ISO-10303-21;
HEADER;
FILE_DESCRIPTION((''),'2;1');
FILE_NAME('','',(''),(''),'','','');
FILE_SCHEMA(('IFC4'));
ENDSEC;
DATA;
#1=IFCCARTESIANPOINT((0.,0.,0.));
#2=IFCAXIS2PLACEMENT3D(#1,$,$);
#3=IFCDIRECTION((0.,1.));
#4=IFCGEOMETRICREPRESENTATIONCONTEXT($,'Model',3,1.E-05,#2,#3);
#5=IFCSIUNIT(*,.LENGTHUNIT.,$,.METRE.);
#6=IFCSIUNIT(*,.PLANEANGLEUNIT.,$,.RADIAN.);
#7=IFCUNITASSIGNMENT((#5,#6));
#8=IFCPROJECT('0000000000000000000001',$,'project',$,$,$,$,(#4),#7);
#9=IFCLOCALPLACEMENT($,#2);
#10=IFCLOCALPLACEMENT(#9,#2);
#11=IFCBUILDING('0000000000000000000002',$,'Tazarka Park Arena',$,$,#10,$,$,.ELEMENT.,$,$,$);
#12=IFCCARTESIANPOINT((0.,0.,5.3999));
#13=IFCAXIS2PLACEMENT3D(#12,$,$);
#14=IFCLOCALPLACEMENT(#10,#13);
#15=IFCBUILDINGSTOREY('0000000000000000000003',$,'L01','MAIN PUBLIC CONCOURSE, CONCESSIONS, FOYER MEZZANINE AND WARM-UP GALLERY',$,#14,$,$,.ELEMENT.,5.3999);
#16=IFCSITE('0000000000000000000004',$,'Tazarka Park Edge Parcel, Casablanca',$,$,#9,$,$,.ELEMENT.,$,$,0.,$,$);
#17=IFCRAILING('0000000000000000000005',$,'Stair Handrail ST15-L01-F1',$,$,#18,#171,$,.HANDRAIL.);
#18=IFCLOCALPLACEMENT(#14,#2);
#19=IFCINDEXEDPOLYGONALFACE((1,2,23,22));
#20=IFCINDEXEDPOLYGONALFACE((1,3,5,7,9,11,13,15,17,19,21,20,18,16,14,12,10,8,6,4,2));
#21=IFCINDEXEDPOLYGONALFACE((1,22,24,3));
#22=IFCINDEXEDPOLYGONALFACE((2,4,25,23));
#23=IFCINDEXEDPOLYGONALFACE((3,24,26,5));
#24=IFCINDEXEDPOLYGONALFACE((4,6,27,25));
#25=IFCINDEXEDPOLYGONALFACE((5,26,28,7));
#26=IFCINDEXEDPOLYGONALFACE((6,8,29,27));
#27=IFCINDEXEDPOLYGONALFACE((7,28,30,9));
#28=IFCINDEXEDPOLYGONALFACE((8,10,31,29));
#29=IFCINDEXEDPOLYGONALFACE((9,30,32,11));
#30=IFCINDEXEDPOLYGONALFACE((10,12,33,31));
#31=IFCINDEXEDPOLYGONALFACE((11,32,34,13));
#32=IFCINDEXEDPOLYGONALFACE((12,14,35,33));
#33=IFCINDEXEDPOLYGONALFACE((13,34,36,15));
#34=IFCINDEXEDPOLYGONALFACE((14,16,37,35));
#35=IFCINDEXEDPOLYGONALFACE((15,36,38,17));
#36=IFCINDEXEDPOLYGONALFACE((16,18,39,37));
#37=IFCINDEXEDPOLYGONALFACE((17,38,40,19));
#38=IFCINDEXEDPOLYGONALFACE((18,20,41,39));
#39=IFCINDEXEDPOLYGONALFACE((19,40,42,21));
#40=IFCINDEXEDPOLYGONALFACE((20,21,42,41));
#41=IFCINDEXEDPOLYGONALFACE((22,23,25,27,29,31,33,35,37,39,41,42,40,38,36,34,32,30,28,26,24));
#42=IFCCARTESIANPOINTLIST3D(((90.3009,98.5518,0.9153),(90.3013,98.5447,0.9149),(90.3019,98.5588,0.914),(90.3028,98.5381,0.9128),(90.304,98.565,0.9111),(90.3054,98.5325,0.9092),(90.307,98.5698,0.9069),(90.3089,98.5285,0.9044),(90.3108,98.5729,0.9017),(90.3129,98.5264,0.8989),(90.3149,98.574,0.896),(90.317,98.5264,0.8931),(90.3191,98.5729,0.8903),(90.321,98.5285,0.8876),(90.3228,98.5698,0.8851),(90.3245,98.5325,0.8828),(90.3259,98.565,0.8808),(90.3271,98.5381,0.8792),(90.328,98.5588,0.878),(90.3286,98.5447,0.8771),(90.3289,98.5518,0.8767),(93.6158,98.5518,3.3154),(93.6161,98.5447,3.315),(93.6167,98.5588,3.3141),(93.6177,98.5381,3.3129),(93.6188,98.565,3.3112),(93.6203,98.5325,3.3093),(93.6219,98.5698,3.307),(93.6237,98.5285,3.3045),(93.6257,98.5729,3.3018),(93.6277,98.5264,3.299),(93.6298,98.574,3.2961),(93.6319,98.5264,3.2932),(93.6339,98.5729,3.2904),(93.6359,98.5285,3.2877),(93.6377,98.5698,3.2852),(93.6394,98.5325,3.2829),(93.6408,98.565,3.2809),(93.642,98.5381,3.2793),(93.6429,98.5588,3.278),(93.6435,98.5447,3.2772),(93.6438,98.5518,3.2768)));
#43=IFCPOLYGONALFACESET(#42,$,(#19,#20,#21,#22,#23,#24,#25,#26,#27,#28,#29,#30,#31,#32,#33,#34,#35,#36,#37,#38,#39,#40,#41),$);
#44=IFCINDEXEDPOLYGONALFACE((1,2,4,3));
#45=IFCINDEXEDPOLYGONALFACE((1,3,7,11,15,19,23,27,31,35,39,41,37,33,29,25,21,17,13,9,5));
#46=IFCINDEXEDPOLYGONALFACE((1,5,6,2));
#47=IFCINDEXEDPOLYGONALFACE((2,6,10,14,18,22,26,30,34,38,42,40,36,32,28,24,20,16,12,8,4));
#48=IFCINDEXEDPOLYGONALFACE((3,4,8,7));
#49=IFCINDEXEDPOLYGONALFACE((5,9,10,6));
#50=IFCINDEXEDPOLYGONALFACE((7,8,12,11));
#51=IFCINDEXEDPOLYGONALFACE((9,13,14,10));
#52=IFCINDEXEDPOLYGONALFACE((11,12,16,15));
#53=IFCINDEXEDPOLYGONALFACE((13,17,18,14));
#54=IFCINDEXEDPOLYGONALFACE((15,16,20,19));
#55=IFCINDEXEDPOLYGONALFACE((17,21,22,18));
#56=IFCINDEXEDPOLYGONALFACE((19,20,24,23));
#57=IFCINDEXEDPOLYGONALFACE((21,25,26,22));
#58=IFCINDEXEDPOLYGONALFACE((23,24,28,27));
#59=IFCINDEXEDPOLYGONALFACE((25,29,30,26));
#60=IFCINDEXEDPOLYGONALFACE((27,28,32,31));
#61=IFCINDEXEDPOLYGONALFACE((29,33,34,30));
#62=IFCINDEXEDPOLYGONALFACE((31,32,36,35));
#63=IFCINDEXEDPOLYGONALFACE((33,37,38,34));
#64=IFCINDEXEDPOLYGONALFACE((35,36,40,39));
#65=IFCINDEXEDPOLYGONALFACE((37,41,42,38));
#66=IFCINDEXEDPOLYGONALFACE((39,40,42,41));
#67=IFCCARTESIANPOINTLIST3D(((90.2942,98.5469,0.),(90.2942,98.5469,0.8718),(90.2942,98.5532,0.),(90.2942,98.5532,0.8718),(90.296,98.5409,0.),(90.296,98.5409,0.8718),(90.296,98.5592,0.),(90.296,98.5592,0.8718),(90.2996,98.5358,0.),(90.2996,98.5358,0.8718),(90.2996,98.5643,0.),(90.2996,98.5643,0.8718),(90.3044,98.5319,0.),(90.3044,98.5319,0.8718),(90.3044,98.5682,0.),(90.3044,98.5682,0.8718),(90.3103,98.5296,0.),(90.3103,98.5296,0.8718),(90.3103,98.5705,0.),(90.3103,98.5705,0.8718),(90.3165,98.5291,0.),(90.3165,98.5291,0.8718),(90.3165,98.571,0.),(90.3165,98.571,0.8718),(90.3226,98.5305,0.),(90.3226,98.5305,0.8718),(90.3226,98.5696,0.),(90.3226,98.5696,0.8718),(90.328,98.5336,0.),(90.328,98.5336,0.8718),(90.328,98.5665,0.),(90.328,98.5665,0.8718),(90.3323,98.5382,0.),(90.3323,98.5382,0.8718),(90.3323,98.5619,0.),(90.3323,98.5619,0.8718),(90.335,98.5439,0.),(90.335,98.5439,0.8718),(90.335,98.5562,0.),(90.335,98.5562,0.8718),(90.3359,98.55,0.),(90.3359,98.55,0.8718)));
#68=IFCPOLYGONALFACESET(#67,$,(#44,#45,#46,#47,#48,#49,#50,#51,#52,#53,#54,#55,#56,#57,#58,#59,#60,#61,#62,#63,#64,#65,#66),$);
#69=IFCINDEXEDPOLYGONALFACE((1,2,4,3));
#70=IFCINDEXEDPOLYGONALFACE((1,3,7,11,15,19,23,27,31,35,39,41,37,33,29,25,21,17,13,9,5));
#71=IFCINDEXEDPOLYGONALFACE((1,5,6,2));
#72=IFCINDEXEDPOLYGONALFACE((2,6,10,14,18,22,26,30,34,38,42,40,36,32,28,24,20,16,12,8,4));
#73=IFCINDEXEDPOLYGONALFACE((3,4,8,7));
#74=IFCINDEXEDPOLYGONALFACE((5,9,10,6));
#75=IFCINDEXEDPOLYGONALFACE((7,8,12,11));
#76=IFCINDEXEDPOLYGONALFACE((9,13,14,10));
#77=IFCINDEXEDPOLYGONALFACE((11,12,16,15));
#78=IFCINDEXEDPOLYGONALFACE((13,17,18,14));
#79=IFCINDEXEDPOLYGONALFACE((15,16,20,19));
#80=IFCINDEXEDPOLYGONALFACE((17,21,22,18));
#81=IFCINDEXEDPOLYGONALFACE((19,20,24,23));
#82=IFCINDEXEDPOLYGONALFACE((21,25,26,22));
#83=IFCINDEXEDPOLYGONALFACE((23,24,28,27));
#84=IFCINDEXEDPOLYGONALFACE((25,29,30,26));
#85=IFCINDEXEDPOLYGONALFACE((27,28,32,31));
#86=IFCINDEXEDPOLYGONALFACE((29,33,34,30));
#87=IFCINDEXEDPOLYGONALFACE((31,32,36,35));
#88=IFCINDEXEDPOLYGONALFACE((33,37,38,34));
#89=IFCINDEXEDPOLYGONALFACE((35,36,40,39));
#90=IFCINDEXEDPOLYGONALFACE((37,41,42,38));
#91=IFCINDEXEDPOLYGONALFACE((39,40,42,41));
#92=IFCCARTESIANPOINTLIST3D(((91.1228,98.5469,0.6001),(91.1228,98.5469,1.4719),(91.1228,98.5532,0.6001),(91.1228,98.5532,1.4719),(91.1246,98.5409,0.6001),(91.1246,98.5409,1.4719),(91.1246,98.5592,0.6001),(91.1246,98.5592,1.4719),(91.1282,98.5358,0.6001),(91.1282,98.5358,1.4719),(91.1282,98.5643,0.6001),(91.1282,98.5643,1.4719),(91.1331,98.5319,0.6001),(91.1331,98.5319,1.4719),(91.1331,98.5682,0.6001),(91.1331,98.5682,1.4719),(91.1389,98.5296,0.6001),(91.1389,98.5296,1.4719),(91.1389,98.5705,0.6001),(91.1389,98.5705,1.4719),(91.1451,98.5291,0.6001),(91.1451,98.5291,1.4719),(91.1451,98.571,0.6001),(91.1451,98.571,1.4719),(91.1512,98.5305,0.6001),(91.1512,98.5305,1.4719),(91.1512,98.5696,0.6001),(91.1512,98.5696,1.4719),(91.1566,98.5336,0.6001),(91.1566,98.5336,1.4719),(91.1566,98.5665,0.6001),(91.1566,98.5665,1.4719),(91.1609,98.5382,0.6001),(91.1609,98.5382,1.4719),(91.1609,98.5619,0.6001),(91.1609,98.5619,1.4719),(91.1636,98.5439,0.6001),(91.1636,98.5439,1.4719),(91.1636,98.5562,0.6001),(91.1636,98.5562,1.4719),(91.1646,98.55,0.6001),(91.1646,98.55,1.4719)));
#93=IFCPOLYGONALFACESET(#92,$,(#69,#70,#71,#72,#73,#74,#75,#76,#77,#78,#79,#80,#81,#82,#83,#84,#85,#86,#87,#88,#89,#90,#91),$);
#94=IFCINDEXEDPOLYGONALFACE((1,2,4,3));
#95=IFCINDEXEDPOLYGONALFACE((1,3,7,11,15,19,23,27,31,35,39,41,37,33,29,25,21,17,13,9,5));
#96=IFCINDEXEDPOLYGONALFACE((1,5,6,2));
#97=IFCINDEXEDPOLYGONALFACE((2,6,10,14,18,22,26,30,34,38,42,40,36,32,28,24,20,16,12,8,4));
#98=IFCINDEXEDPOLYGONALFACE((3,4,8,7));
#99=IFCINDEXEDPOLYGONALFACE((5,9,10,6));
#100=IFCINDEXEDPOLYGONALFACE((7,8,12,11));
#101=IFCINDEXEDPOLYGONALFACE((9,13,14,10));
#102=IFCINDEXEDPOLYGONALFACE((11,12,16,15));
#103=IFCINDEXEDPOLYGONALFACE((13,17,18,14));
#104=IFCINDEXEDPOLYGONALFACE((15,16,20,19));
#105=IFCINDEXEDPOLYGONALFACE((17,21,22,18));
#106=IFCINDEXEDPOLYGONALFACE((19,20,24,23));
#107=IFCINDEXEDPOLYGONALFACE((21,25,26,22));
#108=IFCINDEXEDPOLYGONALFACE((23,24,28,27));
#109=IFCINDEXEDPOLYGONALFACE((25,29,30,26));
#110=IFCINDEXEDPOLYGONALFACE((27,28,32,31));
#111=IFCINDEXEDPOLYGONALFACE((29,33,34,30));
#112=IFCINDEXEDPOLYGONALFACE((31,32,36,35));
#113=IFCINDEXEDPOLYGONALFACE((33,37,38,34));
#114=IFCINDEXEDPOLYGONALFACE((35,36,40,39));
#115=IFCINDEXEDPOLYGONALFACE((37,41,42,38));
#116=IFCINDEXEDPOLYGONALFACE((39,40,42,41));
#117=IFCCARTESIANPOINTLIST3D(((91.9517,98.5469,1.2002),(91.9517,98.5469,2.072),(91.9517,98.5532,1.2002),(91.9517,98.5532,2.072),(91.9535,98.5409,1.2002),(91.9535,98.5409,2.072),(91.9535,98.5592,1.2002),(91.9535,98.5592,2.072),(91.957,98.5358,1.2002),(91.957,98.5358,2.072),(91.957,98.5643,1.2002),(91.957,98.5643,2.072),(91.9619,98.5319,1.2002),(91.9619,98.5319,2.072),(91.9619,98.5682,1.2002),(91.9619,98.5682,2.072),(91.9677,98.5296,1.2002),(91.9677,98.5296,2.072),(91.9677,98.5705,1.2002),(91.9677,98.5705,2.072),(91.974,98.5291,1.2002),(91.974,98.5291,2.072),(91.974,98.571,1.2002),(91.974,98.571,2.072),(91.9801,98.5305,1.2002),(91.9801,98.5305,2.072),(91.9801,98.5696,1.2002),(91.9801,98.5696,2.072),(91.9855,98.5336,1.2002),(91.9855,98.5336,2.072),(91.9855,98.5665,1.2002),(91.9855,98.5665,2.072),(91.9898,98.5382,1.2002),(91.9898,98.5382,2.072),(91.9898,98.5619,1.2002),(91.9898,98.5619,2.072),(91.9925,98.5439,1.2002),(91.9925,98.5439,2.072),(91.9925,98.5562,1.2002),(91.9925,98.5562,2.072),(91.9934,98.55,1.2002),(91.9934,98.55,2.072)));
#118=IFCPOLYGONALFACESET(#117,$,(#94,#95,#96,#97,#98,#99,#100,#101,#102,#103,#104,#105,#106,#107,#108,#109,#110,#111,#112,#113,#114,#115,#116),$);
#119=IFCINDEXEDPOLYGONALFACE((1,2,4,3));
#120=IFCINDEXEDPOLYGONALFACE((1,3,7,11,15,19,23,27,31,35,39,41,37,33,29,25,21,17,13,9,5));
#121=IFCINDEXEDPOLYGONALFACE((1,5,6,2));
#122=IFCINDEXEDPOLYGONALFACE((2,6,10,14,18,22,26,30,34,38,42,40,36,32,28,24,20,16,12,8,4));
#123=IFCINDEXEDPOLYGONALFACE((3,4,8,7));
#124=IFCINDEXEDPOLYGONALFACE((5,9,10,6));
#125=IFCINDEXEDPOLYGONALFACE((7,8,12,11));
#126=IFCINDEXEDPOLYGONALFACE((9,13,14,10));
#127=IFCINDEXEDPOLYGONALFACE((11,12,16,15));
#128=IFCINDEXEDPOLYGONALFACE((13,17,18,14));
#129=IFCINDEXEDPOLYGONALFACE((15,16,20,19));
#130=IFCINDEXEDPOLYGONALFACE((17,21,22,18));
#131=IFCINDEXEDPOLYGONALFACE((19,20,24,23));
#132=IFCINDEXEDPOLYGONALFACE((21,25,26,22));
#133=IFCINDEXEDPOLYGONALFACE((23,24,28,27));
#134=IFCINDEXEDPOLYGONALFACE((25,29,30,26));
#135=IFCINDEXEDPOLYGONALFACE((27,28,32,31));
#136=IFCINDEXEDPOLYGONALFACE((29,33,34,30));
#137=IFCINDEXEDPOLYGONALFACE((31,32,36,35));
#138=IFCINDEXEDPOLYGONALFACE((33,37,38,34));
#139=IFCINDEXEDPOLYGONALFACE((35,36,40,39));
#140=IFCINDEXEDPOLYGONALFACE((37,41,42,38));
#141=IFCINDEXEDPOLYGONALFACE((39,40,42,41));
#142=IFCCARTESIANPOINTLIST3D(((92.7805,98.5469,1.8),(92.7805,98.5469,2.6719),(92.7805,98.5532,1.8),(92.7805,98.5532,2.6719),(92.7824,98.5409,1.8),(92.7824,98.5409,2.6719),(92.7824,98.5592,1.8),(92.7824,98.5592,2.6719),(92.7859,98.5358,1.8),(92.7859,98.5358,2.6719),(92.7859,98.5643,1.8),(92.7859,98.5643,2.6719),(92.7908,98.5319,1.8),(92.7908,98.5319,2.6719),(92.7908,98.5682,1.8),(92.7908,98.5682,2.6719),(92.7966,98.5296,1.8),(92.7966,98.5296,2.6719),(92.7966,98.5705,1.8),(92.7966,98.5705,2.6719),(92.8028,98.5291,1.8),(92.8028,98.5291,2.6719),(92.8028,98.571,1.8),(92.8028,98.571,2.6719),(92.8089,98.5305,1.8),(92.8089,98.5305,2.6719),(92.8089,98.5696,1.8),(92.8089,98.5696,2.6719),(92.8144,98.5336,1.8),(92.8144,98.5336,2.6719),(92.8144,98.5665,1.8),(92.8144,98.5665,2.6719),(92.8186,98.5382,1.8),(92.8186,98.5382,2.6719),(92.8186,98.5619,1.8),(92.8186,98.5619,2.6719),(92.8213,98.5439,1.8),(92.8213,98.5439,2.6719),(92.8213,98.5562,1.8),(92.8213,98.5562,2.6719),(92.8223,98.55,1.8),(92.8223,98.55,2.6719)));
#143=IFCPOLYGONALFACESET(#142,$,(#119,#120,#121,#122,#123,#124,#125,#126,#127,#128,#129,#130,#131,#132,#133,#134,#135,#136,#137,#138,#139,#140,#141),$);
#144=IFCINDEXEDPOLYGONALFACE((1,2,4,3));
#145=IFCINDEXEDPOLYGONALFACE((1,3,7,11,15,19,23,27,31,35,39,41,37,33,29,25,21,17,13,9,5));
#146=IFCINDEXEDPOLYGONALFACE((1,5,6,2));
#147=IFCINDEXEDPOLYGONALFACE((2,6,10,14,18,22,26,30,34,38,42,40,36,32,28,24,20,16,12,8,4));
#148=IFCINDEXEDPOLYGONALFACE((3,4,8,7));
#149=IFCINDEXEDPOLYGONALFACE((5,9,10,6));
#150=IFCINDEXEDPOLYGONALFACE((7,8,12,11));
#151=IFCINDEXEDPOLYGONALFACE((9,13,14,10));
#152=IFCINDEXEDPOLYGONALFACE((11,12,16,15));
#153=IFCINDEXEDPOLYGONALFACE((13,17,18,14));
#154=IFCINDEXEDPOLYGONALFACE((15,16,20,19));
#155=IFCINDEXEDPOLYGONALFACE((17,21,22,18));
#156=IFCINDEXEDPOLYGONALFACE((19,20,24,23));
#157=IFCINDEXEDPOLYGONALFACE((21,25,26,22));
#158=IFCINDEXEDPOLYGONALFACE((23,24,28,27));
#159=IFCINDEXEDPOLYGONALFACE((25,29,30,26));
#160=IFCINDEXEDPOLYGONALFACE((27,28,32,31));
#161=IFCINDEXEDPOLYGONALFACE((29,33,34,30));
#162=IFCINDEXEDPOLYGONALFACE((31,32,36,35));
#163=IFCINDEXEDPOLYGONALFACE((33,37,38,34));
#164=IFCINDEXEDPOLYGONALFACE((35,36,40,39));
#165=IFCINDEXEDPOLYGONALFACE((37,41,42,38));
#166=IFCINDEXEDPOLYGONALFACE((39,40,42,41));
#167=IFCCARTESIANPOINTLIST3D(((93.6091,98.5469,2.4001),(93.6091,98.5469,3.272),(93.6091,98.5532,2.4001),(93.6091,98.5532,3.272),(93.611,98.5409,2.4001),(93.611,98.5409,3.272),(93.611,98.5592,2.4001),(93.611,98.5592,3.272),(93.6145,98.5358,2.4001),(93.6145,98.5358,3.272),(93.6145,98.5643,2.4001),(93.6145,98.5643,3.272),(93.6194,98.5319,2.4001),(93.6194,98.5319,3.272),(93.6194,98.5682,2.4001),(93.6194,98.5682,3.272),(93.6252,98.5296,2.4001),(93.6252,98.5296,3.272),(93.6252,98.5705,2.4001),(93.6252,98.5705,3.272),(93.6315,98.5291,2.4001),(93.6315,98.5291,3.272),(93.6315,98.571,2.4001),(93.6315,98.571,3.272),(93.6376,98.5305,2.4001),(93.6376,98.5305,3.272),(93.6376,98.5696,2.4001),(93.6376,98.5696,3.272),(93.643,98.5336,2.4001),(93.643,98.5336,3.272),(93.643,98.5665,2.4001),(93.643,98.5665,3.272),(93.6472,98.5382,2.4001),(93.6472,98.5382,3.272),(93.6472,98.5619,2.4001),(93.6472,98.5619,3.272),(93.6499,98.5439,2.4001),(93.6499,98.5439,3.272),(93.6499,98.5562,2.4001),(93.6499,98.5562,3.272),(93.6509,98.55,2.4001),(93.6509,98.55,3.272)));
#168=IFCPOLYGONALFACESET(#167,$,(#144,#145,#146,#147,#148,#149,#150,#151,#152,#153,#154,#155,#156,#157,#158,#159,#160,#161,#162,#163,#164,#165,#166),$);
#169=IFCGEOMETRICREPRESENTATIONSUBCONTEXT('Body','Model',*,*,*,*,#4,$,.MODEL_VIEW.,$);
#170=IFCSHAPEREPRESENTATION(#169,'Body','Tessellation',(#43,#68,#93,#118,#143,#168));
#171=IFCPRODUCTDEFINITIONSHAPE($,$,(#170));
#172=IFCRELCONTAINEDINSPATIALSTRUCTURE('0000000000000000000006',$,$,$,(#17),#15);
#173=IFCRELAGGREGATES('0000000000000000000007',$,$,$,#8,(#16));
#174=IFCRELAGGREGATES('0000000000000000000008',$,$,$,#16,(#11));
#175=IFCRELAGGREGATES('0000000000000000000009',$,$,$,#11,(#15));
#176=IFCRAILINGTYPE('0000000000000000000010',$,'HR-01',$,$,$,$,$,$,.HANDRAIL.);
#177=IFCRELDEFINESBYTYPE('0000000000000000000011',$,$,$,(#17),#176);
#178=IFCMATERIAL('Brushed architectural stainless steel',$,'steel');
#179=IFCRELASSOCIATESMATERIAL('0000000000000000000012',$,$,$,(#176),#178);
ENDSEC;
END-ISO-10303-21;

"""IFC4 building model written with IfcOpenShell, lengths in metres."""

from ifc_helpers import new_model, si_unit, direction, frame, origin, origin_2d, place, context, subcontext, project, spatial, circle, extrude, material, type_object, element, save


model = new_model("IFC4")

# Units and contexts
model_context = context("Model", 3, precision=1e-05, world=origin(), true_north=direction((0.0, 1.0)))
body_context = subcontext(model_context, "Body", "Model", "MODEL_VIEW")
ifc_project = project(units=[si_unit("LENGTHUNIT", "METRE"), si_unit("PLANEANGLEUNIT", "RADIAN")], contexts=[model_context])

# Site, building, storey
site_placement = place(None, origin())
site = spatial("IfcSite", under=ifc_project, at=site_placement, Name="Tazarka Park Edge Parcel, Casablanca", CompositionType="ELEMENT", RefElevation=0.0)
building_placement = place(site_placement, origin())
building = spatial("IfcBuilding", under=site, at=building_placement, Name="Tazarka Park Arena", CompositionType="ELEMENT")
storey_placement = place(building_placement, frame((0.0, 0.0, 5.3999)))
storey = spatial("IfcBuildingStorey", under=building, at=storey_placement, Name="L01", Description="MAIN PUBLIC CONCOURSE, CONCESSIONS, FOYER MEZZANINE AND WARM-UP GALLERY", CompositionType="ELEMENT", Elevation=5.3999)

# Railing
ifc_material_1 = material(Name="Brushed architectural stainless steel", Category="steel")
railing_type_1 = type_object("IfcRailingType", Name="HR-01", PredefinedType="HANDRAIL", material=ifc_material_1)
railing_1_placement = place(storey_placement, frame((90.3149, 98.55, 0.0)))
element("IfcRailing", 1, at=railing_1_placement, inside=storey, type_object=railing_type_1, Name="Stair Handrail ST15-L01-F1", PredefinedType="HANDRAIL", context=body_context, shape_type="SweptSolid", body=[
    extrude(circle(Radius=0.0239, at=origin_2d()), frame((0.0, 0.0, 0.896), z_axis=(0.80998, 0.0, 0.586457), x_axis=(0.0, 1.0, 0.0)), (0.0, 0.0, 1.0), 4.0925),
    extrude(circle(Radius=0.021, at=origin_2d()), origin(), (0.0, 0.0, 1.0), 0.8718),
    extrude(circle(Radius=0.021, at=origin_2d()), frame((0.8286, 0.0, 0.6001)), (0.0, 0.0, 1.0), 0.8718),
    extrude(circle(Radius=0.021, at=origin_2d()), frame((1.6575, 0.0, 1.2002)), (0.0, 0.0, 1.0), 0.8718),
    extrude(circle(Radius=0.021, at=origin_2d()), frame((2.4863, 0.0, 1.8)), (0.0, 0.0, 1.0), 0.8718),
    extrude(circle(Radius=0.021, at=origin_2d()), frame((3.3149, 0.0, 2.4001)), (0.0, 0.0, 1.0), 0.8718),
])

save(model, "model.ifc")
